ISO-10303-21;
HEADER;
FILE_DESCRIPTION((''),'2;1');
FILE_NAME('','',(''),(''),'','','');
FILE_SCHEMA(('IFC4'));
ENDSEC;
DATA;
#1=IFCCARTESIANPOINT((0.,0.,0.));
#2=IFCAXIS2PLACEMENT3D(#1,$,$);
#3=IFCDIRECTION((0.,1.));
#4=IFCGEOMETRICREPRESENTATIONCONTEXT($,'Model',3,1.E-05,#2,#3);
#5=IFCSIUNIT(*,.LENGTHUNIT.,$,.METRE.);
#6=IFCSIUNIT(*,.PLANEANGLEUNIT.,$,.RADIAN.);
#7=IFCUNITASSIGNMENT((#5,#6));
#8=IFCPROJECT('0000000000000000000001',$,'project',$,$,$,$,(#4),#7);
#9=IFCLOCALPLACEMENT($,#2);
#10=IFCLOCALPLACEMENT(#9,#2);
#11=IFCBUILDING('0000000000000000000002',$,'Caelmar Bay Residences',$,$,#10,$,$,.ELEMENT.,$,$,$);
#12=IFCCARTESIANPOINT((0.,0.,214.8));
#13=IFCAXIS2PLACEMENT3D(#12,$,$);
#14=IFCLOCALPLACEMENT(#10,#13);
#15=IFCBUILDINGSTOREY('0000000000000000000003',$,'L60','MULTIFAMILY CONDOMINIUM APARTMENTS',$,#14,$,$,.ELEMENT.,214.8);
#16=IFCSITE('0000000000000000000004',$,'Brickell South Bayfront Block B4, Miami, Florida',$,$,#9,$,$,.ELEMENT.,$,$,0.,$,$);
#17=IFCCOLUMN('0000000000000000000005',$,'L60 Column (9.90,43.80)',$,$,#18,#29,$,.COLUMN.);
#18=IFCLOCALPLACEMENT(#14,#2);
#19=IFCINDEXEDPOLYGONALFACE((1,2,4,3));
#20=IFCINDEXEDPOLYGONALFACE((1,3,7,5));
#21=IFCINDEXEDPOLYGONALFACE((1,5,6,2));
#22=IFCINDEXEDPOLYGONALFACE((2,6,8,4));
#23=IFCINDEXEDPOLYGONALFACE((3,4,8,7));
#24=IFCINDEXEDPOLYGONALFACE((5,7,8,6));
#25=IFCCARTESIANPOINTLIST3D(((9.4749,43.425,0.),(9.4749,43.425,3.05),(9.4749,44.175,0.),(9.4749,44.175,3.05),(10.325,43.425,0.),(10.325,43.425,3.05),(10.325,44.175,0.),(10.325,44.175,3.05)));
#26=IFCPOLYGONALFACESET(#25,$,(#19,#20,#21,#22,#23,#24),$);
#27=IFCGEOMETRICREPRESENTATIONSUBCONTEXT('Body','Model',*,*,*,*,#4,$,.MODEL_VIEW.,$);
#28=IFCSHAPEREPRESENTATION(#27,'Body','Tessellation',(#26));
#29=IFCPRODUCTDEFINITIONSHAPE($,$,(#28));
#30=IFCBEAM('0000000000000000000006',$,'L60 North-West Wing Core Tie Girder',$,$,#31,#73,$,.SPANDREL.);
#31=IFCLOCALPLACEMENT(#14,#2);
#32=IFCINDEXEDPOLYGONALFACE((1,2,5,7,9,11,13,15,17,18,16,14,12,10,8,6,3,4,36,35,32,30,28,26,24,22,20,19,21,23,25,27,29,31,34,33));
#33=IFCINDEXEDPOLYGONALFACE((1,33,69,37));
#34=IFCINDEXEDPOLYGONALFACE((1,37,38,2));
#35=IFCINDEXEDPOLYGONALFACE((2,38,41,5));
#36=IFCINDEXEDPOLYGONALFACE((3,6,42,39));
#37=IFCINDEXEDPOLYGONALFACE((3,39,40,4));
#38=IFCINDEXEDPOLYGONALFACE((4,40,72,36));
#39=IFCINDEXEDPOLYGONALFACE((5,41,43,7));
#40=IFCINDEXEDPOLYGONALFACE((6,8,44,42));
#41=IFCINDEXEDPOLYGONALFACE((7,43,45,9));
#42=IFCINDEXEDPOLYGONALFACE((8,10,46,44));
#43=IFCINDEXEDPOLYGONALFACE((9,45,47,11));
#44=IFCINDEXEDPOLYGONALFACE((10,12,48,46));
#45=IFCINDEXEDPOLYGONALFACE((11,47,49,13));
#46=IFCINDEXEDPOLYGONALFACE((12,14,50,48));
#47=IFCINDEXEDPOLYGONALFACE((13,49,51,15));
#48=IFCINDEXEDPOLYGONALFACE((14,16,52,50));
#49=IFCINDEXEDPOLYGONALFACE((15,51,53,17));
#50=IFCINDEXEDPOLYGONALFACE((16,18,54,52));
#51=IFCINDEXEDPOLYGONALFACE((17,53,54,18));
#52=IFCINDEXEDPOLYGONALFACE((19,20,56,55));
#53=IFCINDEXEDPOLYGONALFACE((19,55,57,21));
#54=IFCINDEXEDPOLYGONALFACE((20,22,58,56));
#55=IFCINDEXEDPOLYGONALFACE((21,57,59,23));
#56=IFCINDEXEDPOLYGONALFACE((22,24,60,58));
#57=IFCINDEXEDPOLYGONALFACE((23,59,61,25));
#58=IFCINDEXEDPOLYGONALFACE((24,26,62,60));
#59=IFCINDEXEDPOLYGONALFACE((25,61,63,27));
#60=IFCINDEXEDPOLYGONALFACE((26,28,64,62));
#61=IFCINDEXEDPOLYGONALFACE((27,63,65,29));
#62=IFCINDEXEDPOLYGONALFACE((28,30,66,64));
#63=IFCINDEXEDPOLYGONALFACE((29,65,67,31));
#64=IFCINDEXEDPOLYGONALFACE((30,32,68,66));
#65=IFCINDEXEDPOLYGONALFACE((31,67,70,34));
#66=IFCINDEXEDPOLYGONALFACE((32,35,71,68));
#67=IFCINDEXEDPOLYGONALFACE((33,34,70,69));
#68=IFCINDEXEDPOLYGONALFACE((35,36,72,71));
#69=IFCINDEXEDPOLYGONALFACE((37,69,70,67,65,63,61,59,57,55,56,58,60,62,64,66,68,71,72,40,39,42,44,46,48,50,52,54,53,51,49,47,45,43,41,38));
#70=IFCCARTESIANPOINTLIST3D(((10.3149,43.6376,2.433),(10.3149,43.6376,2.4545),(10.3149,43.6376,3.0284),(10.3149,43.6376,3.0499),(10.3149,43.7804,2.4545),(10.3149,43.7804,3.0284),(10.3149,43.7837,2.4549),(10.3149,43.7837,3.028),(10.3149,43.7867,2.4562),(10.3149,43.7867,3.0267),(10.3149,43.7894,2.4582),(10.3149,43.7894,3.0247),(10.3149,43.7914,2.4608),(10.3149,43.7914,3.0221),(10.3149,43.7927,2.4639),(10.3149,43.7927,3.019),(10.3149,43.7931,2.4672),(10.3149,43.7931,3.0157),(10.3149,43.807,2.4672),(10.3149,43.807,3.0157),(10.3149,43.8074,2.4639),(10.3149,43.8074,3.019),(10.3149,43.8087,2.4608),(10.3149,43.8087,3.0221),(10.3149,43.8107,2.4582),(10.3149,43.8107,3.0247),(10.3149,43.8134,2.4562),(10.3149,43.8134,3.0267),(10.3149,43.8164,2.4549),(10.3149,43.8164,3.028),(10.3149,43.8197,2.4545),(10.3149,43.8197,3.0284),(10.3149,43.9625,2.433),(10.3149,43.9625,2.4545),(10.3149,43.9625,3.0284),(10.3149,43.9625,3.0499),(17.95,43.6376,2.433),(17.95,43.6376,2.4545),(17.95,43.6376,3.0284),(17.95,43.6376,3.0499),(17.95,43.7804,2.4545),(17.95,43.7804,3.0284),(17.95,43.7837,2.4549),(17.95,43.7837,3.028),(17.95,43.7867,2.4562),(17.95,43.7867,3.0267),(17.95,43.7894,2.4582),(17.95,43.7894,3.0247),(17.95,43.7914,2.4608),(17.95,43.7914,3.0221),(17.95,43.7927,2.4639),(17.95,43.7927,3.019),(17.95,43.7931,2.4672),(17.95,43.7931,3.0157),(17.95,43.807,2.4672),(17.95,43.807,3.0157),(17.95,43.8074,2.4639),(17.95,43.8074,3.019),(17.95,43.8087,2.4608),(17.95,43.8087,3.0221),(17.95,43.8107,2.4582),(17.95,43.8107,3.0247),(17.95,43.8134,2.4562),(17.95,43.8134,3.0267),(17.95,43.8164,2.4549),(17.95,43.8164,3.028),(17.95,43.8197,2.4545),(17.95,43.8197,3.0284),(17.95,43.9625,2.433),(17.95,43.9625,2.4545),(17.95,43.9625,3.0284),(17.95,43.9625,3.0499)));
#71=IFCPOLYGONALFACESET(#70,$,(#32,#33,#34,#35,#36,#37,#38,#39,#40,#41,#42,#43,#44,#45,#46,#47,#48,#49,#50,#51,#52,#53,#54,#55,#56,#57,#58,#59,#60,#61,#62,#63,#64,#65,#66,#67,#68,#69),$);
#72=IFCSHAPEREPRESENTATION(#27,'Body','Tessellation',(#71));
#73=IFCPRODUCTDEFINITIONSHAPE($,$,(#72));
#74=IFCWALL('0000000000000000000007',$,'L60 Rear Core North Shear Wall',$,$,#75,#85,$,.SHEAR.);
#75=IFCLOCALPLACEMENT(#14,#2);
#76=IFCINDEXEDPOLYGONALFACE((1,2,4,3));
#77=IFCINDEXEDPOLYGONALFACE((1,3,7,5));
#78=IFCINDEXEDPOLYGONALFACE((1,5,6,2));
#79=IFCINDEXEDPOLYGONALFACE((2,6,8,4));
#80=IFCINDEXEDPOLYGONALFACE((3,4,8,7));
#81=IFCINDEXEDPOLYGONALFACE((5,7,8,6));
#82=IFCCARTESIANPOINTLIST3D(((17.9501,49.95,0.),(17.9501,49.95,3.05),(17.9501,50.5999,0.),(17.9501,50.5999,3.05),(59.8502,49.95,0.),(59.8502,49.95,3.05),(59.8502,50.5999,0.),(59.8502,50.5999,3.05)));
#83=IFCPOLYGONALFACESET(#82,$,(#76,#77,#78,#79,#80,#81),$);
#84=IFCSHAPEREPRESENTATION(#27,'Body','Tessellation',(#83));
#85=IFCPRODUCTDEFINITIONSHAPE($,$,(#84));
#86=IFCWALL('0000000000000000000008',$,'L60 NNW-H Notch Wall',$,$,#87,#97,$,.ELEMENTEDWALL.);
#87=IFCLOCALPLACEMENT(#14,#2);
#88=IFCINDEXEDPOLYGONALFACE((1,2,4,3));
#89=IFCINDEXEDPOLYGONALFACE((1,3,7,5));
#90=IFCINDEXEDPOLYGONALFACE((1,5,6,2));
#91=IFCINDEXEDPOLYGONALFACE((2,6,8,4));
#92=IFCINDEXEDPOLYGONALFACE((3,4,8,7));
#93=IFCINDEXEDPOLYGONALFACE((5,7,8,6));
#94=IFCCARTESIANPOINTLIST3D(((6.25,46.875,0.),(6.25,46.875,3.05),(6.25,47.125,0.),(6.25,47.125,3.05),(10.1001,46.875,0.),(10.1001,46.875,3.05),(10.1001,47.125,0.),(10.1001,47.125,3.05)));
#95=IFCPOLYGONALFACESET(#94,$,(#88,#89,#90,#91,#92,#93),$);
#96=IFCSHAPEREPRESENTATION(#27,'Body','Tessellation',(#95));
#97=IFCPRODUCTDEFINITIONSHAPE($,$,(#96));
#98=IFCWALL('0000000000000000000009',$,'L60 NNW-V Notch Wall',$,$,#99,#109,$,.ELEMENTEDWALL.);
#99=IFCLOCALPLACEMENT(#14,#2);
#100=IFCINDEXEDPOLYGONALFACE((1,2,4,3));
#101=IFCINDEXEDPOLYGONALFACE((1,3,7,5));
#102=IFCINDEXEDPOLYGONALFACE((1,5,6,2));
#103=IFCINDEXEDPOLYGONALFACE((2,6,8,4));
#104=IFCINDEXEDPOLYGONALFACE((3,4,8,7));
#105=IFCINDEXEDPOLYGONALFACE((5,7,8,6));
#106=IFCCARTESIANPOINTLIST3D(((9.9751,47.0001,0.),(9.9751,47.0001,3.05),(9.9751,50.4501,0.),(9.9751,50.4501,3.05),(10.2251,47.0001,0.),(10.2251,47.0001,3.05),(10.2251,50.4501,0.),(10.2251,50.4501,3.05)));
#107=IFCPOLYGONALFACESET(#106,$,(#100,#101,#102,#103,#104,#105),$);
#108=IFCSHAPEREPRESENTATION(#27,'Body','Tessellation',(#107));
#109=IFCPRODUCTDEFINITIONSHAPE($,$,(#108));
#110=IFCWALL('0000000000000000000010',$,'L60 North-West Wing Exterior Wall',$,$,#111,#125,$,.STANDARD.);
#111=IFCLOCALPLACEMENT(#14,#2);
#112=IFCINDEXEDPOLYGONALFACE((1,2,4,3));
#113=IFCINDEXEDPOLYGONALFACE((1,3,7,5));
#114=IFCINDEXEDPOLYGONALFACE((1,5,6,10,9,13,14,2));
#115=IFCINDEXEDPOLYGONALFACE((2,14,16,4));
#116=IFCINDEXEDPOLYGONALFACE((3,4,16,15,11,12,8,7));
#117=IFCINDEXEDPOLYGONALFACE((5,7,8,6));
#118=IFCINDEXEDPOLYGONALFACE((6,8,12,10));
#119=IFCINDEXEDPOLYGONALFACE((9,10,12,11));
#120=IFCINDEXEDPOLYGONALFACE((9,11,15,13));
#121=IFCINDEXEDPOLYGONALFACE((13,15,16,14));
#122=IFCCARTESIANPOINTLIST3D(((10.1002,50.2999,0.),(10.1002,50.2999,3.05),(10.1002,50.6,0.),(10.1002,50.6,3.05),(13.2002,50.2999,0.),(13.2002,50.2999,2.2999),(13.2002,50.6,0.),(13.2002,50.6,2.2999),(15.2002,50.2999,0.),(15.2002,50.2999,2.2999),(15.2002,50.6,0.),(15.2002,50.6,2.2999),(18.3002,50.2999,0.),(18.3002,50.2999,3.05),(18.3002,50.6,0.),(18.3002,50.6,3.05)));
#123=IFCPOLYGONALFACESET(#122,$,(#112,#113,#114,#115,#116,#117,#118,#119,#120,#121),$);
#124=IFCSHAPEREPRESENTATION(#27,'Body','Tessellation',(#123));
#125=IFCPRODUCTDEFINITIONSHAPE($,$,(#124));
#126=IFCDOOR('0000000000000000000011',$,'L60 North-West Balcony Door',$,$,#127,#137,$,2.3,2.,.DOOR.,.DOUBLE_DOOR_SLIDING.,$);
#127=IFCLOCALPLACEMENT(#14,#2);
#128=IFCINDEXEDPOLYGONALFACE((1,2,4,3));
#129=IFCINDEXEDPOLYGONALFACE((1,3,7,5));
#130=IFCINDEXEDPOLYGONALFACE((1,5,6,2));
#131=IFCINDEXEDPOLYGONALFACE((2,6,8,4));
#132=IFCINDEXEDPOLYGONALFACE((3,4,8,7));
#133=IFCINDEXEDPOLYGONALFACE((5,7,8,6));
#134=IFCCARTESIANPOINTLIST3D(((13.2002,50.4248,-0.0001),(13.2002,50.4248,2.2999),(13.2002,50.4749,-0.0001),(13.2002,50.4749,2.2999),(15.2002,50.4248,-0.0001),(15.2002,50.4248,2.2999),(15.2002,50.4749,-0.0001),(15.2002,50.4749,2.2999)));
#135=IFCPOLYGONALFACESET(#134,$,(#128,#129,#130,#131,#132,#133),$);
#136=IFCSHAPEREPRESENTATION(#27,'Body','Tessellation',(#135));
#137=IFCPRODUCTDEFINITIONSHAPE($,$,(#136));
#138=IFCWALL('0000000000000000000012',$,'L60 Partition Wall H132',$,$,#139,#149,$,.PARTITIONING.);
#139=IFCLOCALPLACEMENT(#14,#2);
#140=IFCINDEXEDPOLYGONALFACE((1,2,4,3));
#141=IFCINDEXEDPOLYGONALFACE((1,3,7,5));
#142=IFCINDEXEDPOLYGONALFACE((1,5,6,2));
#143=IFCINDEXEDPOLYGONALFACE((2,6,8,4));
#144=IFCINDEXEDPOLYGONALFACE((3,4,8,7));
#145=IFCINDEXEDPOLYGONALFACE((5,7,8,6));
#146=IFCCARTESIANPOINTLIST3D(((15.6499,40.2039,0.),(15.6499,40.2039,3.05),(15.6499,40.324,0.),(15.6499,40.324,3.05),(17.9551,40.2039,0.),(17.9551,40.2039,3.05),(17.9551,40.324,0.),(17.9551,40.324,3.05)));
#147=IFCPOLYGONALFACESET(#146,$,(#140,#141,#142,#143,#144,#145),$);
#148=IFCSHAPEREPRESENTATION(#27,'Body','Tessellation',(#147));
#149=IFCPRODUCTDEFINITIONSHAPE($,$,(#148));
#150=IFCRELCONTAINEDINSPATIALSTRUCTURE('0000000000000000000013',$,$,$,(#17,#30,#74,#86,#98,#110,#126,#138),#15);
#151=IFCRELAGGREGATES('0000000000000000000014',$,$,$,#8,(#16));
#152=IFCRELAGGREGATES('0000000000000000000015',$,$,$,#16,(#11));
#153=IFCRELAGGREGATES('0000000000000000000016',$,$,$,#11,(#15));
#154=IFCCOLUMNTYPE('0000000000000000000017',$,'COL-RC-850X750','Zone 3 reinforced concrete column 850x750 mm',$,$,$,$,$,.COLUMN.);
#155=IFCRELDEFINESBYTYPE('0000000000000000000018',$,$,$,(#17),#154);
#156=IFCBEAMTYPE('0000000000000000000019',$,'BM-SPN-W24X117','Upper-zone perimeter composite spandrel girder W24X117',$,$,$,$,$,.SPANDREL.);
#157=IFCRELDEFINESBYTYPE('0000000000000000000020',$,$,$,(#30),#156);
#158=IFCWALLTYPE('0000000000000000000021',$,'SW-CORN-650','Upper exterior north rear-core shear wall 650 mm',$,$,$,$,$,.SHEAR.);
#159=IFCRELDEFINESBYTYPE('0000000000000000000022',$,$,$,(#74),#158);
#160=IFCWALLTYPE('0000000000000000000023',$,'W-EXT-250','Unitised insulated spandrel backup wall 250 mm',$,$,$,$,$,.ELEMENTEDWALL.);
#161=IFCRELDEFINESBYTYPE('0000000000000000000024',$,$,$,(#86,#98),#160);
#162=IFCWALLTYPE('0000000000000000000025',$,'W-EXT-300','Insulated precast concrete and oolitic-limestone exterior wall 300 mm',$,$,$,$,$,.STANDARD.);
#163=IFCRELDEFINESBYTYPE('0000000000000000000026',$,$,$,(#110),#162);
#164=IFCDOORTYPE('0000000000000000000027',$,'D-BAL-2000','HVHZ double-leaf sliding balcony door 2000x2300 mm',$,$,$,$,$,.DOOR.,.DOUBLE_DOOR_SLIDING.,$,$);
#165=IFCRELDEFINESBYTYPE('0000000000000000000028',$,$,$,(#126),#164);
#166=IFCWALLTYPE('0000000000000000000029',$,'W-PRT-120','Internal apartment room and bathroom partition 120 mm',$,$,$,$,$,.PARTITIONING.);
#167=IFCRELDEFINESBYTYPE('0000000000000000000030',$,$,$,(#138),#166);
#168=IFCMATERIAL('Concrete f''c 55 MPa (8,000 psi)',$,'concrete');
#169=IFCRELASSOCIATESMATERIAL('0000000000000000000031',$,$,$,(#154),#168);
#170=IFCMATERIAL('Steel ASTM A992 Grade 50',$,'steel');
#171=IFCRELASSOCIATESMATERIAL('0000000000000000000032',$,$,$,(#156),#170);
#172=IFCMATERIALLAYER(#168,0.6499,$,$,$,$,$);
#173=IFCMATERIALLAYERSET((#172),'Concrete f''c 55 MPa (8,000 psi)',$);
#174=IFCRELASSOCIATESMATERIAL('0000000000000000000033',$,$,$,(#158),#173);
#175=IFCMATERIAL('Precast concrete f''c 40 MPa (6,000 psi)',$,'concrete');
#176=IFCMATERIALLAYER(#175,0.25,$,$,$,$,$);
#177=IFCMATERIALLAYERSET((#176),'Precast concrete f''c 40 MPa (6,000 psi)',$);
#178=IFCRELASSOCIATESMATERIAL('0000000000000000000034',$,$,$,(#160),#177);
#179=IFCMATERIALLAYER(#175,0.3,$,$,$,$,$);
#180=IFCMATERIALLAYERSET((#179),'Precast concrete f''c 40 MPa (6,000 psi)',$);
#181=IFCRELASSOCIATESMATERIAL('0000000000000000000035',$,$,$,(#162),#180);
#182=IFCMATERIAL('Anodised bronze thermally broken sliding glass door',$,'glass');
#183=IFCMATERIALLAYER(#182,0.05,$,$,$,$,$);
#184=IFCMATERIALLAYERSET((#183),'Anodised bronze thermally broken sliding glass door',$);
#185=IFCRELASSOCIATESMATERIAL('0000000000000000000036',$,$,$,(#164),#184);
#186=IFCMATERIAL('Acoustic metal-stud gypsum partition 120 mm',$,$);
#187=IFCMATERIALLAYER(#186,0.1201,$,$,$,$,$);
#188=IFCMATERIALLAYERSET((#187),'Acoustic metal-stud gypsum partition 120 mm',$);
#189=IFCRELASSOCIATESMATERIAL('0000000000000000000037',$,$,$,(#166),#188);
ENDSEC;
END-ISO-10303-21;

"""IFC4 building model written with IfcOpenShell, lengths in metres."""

from ifc_helpers import new_model, si_unit, direction, frame, frame_2d, origin, origin_2d, place, context, subcontext, project, spatial, rectangle, i_section, extrude, material, layer, layer_set, material_profile, profile_set, type_object, element, fill, save


model = new_model("IFC4")

# Units and contexts
model_context = context("Model", 3, precision=1e-05, world=origin(), true_north=direction((0.0, 1.0)))
body_context = subcontext(model_context, "Body", "Model", "MODEL_VIEW")
ifc_project = project(units=[si_unit("LENGTHUNIT", "METRE"), si_unit("PLANEANGLEUNIT", "RADIAN")], contexts=[model_context])

# Site, building, storey
site_placement = place(None, origin())
site = spatial("IfcSite", under=ifc_project, at=site_placement, Name="Brickell South Bayfront Block B4, Miami, Florida", CompositionType="ELEMENT", RefElevation=0.0)
building_placement = place(site_placement, origin())
building = spatial("IfcBuilding", under=site, at=building_placement, Name="Caelmar Bay Residences", CompositionType="ELEMENT")
storey_placement = place(building_placement, frame((0.0, 0.0, 214.8)))
storey = spatial("IfcBuildingStorey", under=building, at=storey_placement, Name="L60", Description="MULTIFAMILY CONDOMINIUM APARTMENTS", CompositionType="ELEMENT", Elevation=214.8)

# Column
ifc_material_1 = material(Name="Concrete f'c 55 MPa (8,000 psi)", Category="concrete")
ifc_material_profile_1 = material_profile(ifc_material_1, rectangle(XDim=0.8501, YDim=0.75, at=origin_2d()), Name="RC-COL-850X750")
ifc_profile_set_1 = profile_set([ifc_material_profile_1], Name="Concrete f'c 55 MPa (8,000 psi)")
column_type = type_object("IfcColumnType", Name="COL-RC-850X750", Description="Zone 3 reinforced concrete column 850x750 mm", PredefinedType="COLUMN", material=ifc_profile_set_1)
column_placement = place(storey_placement, frame((9.8999, 43.8, 0.0), z_axis=(0.0, 0.0, 1.0), x_axis=(1.0, 0.0, 0.0)))
element("IfcColumn", 1, at=column_placement, inside=storey, type_object=column_type, Name="L60 Column (9.90,43.80)", PredefinedType="COLUMN", context=body_context, shape_type="SweptSolid", body=[
    extrude(rectangle(XDim=0.8501, YDim=0.75, at=origin_2d()), origin(), (0.0, 0.0, 1.0), 3.05),
])

# Beam
ifc_material_2 = material(Name="Steel ASTM A992 Grade 50", Category="steel")
ifc_material_profile_2 = material_profile(ifc_material_2, i_section(OverallWidth=0.325, OverallDepth=0.6169, WebThickness=0.0139, FlangeThickness=0.0215, FilletRadius=0.0127, at=origin_2d()), Name="W24X117")
ifc_profile_set_2 = profile_set([ifc_material_profile_2], Name="Steel ASTM A992 Grade 50")
beam_type = type_object("IfcBeamType", Name="BM-SPN-W24X117", Description="Upper-zone perimeter composite spandrel girder W24X117", PredefinedType="SPANDREL", material=ifc_profile_set_2)
beam_placement = place(storey_placement, frame((10.3149, 43.8, 2.7415), z_axis=(1.0, 0.0, 0.0), x_axis=(0.0, 1.0, 0.0)))
element("IfcBeam", 2, at=beam_placement, inside=storey, type_object=beam_type, Name="L60 North-West Wing Core Tie Girder", PredefinedType="SPANDREL", context=body_context, shape_type="SweptSolid", body=[
    extrude(i_section(OverallWidth=0.325, OverallDepth=0.6169, WebThickness=0.0139, FlangeThickness=0.0215, FilletRadius=0.0127, at=origin_2d()), origin(), (0.0, 0.0, 1.0), 7.635),
])

# Walls
ifc_layer_1 = layer(ifc_material_1, 0.6499)
ifc_layer_set_1 = layer_set([ifc_layer_1], Name="Concrete f'c 55 MPa (8,000 psi)")
wall_type_1 = type_object("IfcWallType", Name="SW-CORN-650", Description="Upper exterior north rear-core shear wall 650 mm", PredefinedType="SHEAR", material=ifc_layer_set_1)
wall_1_placement = place(storey_placement, frame((17.95, 50.2749, 0.0), z_axis=(0.0, 0.0, 1.0), x_axis=(1.0, 0.0, 0.0)))
element("IfcWall", 3, at=wall_1_placement, inside=storey, type_object=wall_type_1, Name="L60 Rear Core North Shear Wall", PredefinedType="SHEAR", context=body_context, shape_type="SweptSolid", body=[
    extrude(rectangle(XDim=41.9001, YDim=0.6499, at=frame_2d((20.9502, 0.0))), origin(), (0.0, 0.0, 1.0), 3.05),
])
ifc_material_3 = material(Name="Precast concrete f'c 40 MPa (6,000 psi)", Category="concrete")
ifc_layer_2 = layer(ifc_material_3, 0.25)
ifc_layer_set_2 = layer_set([ifc_layer_2], Name="Precast concrete f'c 40 MPa (6,000 psi)")
wall_type_2 = type_object("IfcWallType", Name="W-EXT-250", Description="Unitised insulated spandrel backup wall 250 mm", PredefinedType="ELEMENTEDWALL", material=ifc_layer_set_2)
wall_2_placement = place(storey_placement, frame((6.25, 47.0, 0.0), z_axis=(0.0, 0.0, 1.0), x_axis=(1.0, 0.0, 0.0)))
element("IfcWall", 4, at=wall_2_placement, inside=storey, type_object=wall_type_2, Name="L60 NNW-H Notch Wall", PredefinedType="ELEMENTEDWALL", context=body_context, shape_type="SweptSolid", body=[
    extrude(rectangle(XDim=3.8501, YDim=0.25, at=frame_2d((1.925, 0.0))), origin(), (0.0, 0.0, 1.0), 3.05),
])
wall_3_placement = place(storey_placement, frame((10.1001, 47.0, 0.0), z_axis=(0.0, 0.0, 1.0), x_axis=(0.0, 1.0, 0.0)))
element("IfcWall", 5, at=wall_3_placement, inside=storey, type_object=wall_type_2, Name="L60 NNW-V Notch Wall", PredefinedType="ELEMENTEDWALL", context=body_context, shape_type="SweptSolid", body=[
    extrude(rectangle(XDim=3.45, YDim=0.25, at=frame_2d((1.7251, 0.0))), origin(), (0.0, 0.0, 1.0), 3.05),
])

# Wall, opening, door
ifc_layer_3 = layer(ifc_material_3, 0.3)
ifc_layer_set_3 = layer_set([ifc_layer_3], Name="Precast concrete f'c 40 MPa (6,000 psi)")
wall_type_3 = type_object("IfcWallType", Name="W-EXT-300", Description="Insulated precast concrete and oolitic-limestone exterior wall 300 mm", PredefinedType="STANDARD", material=ifc_layer_set_3)
wall_4_placement = place(storey_placement, frame((10.1001, 50.45, 0.0), z_axis=(0.0, 0.0, 1.0), x_axis=(1.0, 0.0, 0.0)))
wall_4 = element("IfcWall", 6, at=wall_4_placement, inside=storey, type_object=wall_type_3, Name="L60 North-West Wing Exterior Wall", PredefinedType="STANDARD", context=body_context, shape_type="SweptSolid", body=[
    extrude(rectangle(XDim=8.2, YDim=0.3, at=frame_2d((4.1001, 0.0))), origin(), (0.0, 0.0, 1.0), 3.05),
])
opening_1_placement = place(wall_4_placement, frame((3.1001, 0.0, 0.0)))
opening_1 = element("IfcOpeningElement", 7, at=opening_1_placement, cuts=wall_4, PredefinedType="OPENING", context=body_context, shape_type="SweptSolid", body=[
    extrude(rectangle(XDim=2.0, YDim=2.3, at=frame_2d((1.0, 1.1499))), frame((0.0, 0.1599, 0.0), z_axis=(0.0, -1.0, 0.0), x_axis=(1.0, 0.0, 0.0)), (0.0, 0.0, 1.0), 0.3201),
])
ifc_material_4 = material(Name="Anodised bronze thermally broken sliding glass door", Category="glass")
ifc_layer_4 = layer(ifc_material_4, 0.05)
ifc_layer_set_4 = layer_set([ifc_layer_4], Name="Anodised bronze thermally broken sliding glass door")
door_type_1 = type_object("IfcDoorType", Name="D-BAL-2000", Description="HVHZ double-leaf sliding balcony door 2000x2300 mm", OperationType="DOUBLE_DOOR_SLIDING", PredefinedType="DOOR", material=ifc_layer_set_4)
door_1_placement = place(opening_1_placement, origin())
door_1 = element("IfcDoor", 8, at=door_1_placement, inside=storey, type_object=door_type_1, Name="L60 North-West Balcony Door", OperationType="DOUBLE_DOOR_SLIDING", OverallHeight=2.3, OverallWidth=2.0, PredefinedType="DOOR", context=body_context, shape_type="SweptSolid", body=[
    extrude(rectangle(XDim=2.0, YDim=2.3, at=frame_2d((1.0, 1.1499))), frame((0.0, 0.0249, 0.0), z_axis=(0.0, -1.0, 0.0), x_axis=(1.0, 0.0, 0.0)), (0.0, 0.0, 1.0), 0.05),
])
fill(opening_1, door_1)
ifc_material_5 = material(Name="Acoustic metal-stud gypsum partition 120 mm")
ifc_layer_5 = layer(ifc_material_5, 0.1201)
ifc_layer_set_5 = layer_set([ifc_layer_5], Name="Acoustic metal-stud gypsum partition 120 mm")
wall_type_4 = type_object("IfcWallType", Name="W-PRT-120", Description="Internal apartment room and bathroom partition 120 mm", PredefinedType="PARTITIONING", material=ifc_layer_set_5)

# Wall
wall_5_placement = place(storey_placement, frame((15.6499, 40.2639, 0.0), z_axis=(0.0, 0.0, 1.0), x_axis=(1.0, 0.0, 0.0)))
element("IfcWall", 9, at=wall_5_placement, inside=storey, type_object=wall_type_4, Name="L60 Partition Wall H132", PredefinedType="PARTITIONING", context=body_context, shape_type="SweptSolid", body=[
    extrude(rectangle(XDim=2.3052, YDim=0.1201, at=frame_2d((1.1526, 0.0))), origin(), (0.0, 0.0, 1.0), 3.05),
])

save(model, "model.ifc")
